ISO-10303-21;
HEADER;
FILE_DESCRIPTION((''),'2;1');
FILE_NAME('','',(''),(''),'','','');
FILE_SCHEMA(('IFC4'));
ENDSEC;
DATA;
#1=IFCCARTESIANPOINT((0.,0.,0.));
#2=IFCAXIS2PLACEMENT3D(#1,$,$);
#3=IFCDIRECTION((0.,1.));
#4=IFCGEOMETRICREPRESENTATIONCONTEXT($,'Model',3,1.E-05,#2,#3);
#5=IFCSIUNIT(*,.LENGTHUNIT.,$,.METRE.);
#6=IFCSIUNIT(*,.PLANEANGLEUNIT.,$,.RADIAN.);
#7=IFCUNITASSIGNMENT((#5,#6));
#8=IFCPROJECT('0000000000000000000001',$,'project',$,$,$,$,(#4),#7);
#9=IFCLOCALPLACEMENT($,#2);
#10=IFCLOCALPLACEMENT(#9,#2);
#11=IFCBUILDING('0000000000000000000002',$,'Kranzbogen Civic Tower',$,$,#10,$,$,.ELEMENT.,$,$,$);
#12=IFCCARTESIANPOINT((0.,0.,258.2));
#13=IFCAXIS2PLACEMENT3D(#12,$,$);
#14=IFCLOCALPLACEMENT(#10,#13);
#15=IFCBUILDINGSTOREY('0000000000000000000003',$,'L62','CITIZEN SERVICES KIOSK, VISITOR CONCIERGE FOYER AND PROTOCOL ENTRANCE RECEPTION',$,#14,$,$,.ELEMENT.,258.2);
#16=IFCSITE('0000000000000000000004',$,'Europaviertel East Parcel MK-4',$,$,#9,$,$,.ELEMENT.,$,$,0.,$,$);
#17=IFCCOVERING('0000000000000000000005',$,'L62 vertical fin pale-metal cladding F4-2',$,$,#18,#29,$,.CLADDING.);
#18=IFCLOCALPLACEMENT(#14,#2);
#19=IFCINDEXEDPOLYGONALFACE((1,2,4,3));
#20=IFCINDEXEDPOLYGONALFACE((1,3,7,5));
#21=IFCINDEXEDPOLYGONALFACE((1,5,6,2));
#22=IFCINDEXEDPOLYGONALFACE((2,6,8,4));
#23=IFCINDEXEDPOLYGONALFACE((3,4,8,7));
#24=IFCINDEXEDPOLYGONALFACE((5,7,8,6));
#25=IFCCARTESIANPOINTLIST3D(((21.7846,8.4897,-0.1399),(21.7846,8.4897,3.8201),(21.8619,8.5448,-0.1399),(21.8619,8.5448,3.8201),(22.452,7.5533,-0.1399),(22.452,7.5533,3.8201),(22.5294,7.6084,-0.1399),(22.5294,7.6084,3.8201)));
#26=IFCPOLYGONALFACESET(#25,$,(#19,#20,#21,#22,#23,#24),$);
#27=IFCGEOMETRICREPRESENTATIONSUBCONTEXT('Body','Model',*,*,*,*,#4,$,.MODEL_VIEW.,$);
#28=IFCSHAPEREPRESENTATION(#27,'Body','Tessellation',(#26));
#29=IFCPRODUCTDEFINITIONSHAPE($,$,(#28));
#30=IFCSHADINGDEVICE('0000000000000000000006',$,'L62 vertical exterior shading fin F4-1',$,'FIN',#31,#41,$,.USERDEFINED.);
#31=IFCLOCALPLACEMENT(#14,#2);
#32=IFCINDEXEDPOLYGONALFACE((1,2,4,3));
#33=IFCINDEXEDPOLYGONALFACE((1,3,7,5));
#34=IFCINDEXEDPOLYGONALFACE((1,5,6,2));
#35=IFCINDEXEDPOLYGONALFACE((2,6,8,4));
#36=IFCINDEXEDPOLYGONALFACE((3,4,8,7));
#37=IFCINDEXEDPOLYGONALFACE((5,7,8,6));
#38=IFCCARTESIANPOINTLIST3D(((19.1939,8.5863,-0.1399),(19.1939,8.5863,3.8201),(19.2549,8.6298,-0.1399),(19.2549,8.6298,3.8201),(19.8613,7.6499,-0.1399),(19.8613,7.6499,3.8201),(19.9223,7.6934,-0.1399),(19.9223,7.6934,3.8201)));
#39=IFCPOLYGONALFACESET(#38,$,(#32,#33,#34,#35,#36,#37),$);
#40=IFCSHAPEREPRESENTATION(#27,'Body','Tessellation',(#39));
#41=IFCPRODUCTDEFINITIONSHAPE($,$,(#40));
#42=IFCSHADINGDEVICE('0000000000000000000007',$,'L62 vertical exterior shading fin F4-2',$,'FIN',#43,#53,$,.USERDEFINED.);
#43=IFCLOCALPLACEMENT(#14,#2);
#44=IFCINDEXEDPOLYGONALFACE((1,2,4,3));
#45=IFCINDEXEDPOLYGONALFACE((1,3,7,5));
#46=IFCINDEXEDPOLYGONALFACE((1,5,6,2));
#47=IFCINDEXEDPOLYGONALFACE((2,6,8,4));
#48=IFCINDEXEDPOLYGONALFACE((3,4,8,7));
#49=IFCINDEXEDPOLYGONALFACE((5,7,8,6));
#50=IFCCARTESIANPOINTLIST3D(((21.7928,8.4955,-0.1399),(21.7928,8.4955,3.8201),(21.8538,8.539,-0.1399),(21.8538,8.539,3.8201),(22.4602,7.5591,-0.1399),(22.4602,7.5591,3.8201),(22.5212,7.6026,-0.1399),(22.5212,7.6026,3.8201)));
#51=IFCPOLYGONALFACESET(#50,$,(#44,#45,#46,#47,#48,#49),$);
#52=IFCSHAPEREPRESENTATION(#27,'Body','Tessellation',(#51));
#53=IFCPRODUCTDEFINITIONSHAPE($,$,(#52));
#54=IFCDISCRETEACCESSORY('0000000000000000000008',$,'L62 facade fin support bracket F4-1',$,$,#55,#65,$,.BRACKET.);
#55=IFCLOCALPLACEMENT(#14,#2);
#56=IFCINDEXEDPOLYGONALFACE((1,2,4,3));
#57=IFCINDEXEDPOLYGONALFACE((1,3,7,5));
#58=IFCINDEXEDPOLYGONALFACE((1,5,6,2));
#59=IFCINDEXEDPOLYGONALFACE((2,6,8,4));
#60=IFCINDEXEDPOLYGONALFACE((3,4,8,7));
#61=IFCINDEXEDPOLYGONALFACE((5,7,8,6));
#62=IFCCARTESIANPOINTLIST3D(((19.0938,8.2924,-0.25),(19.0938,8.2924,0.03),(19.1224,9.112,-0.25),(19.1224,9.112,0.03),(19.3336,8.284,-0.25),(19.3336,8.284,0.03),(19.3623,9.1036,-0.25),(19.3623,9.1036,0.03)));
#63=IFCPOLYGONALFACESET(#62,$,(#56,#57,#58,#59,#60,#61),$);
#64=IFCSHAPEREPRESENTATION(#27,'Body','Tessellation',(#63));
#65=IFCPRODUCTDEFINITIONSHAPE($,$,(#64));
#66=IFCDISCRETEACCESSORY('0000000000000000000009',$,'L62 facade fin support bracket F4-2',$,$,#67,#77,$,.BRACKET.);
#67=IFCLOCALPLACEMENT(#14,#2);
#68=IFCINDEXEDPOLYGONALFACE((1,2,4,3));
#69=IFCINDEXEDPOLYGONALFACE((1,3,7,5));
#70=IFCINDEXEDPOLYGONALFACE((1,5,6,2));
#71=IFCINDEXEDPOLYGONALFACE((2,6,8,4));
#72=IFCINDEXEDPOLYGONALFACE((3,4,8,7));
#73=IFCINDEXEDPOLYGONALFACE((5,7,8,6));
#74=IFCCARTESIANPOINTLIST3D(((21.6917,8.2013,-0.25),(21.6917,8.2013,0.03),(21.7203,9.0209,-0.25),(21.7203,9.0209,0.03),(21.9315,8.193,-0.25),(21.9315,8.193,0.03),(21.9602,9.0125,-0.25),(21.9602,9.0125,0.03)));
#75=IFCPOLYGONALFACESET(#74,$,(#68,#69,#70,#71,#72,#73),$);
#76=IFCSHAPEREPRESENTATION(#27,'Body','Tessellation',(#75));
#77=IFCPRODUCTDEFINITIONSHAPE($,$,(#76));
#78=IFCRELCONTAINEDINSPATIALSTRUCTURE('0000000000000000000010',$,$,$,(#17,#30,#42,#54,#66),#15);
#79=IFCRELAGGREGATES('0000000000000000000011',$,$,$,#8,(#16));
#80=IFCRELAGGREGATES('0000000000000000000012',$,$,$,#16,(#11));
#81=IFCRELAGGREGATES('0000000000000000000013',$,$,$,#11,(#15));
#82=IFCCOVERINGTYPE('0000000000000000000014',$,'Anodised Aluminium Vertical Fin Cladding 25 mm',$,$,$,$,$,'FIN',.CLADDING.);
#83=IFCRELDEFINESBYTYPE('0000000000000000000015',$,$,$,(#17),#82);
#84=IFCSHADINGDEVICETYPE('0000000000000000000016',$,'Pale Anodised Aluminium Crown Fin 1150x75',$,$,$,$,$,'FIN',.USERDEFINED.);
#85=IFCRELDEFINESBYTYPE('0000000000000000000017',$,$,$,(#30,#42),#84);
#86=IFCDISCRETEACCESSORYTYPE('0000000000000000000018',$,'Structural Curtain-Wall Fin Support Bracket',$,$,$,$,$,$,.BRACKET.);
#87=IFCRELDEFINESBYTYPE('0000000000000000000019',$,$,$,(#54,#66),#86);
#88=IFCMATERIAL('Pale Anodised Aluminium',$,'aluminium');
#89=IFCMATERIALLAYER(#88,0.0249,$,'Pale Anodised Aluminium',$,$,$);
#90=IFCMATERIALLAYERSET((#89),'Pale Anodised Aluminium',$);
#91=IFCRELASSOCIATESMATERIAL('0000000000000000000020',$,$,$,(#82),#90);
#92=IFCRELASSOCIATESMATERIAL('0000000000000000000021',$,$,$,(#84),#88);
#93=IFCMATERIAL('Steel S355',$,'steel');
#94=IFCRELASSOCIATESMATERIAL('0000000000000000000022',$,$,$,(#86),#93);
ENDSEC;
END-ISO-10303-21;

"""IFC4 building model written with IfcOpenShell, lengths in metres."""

from ifc_helpers import new_model, si_unit, direction, frame, origin, origin_2d, place, context, subcontext, project, spatial, rectangle, extrude, material, layer, layer_set, type_object, element, save


model = new_model("IFC4")

# Units and contexts
model_context = context("Model", 3, precision=1e-05, world=origin(), true_north=direction((0.0, 1.0)))
body_context = subcontext(model_context, "Body", "Model", "MODEL_VIEW")
ifc_project = project(units=[si_unit("LENGTHUNIT", "METRE"), si_unit("PLANEANGLEUNIT", "RADIAN")], contexts=[model_context])

# Site, building, storey
site_placement = place(None, origin())
site = spatial("IfcSite", under=ifc_project, at=site_placement, Name="Europaviertel East Parcel MK-4", CompositionType="ELEMENT", RefElevation=0.0)
building_placement = place(site_placement, origin())
building = spatial("IfcBuilding", under=site, at=building_placement, Name="Kranzbogen Civic Tower", CompositionType="ELEMENT")
storey_placement = place(building_placement, frame((0.0, 0.0, 258.2)))
storey = spatial("IfcBuildingStorey", under=building, at=storey_placement, Name="L62", Description="CITIZEN SERVICES KIOSK, VISITOR CONCIERGE FOYER AND PROTOCOL ENTRANCE RECEPTION", CompositionType="ELEMENT", Elevation=258.2)

# Shared definitions
ifc_material_1 = material(Name="Steel S355", Category="steel")

# Shared definitions
ifc_material_2 = material(Name="Pale Anodised Aluminium", Category="aluminium")

# Covering
ifc_layer_1 = layer(ifc_material_2, 0.0249, Name="Pale Anodised Aluminium")
ifc_layer_set_1 = layer_set([ifc_layer_1], Name="Pale Anodised Aluminium")
covering_type = type_object("IfcCoveringType", Name="Anodised Aluminium Vertical Fin Cladding 25 mm", ElementType="FIN", PredefinedType="CLADDING", material=ifc_layer_set_1)
for number, where, z_axis, x_axis, name in (
    (1, (22.157, 8.0491, -0.1399), (0.0, 0.0, 1.0), (0.580405, -0.814328, 0.0), "L62 vertical fin pale-metal cladding F4-2"),
):
    element("IfcCovering", number, at=place(storey_placement, frame(where, z_axis=z_axis, x_axis=x_axis)), inside=storey, type_object=covering_type, Name=name, PredefinedType="CLADDING", context=body_context, shape_type="SweptSolid", body=[
        extrude(rectangle(XDim=1.1499, YDim=0.095, at=origin_2d()), origin(), (0.0, 0.0, 1.0), 3.96),
    ])

# Shading devices
shading_device_type = type_object("IfcShadingDeviceType", Name="Pale Anodised Aluminium Crown Fin 1150x75", ElementType="FIN", PredefinedType="USERDEFINED", material=ifc_material_2)
for number, where, z_axis, x_axis, name in (
    (2, (19.5581, 8.1399, -0.1399), (0.0, 0.0, 1.0), (0.580405, -0.814328, 0.0), "L62 vertical exterior shading fin F4-1"),
    (3, (22.157, 8.0491, -0.1399), (0.0, 0.0, 1.0), (0.580405, -0.814328, 0.0), "L62 vertical exterior shading fin F4-2"),
):
    element("IfcShadingDevice", number, at=place(storey_placement, frame(where, z_axis=z_axis, x_axis=x_axis)), inside=storey, type_object=shading_device_type, Name=name, ObjectType="FIN", PredefinedType="USERDEFINED", context=body_context, shape_type="SweptSolid", body=[
        extrude(rectangle(XDim=1.1499, YDim=0.075, at=origin_2d()), origin(), (0.0, 0.0, 1.0), 3.96),
    ])

# Discrete accessories
discrete_accessory_type = type_object("IfcDiscreteAccessoryType", Name="Structural Curtain-Wall Fin Support Bracket", PredefinedType="BRACKET", material=ifc_material_1)
for number, where, z_axis, x_axis, name in (
    (4, (19.228, 8.698, -0.25), (0.0, 0.0, 1.0), (-0.034899, -0.999391, 0.0), "L62 facade fin support bracket F4-1"),
    (5, (21.8259, 8.6069, -0.25), (0.0, 0.0, 1.0), (-0.034899, -0.999391, 0.0), "L62 facade fin support bracket F4-2"),
):
    element("IfcDiscreteAccessory", number, at=place(storey_placement, frame(where, z_axis=z_axis, x_axis=x_axis)), inside=storey, type_object=discrete_accessory_type, Name=name, PredefinedType="BRACKET", context=body_context, shape_type="SweptSolid", body=[
        extrude(rectangle(XDim=0.8201, YDim=0.24, at=origin_2d()), origin(), (0.0, 0.0, 1.0), 0.28),
    ])

save(model, "model.ifc")
